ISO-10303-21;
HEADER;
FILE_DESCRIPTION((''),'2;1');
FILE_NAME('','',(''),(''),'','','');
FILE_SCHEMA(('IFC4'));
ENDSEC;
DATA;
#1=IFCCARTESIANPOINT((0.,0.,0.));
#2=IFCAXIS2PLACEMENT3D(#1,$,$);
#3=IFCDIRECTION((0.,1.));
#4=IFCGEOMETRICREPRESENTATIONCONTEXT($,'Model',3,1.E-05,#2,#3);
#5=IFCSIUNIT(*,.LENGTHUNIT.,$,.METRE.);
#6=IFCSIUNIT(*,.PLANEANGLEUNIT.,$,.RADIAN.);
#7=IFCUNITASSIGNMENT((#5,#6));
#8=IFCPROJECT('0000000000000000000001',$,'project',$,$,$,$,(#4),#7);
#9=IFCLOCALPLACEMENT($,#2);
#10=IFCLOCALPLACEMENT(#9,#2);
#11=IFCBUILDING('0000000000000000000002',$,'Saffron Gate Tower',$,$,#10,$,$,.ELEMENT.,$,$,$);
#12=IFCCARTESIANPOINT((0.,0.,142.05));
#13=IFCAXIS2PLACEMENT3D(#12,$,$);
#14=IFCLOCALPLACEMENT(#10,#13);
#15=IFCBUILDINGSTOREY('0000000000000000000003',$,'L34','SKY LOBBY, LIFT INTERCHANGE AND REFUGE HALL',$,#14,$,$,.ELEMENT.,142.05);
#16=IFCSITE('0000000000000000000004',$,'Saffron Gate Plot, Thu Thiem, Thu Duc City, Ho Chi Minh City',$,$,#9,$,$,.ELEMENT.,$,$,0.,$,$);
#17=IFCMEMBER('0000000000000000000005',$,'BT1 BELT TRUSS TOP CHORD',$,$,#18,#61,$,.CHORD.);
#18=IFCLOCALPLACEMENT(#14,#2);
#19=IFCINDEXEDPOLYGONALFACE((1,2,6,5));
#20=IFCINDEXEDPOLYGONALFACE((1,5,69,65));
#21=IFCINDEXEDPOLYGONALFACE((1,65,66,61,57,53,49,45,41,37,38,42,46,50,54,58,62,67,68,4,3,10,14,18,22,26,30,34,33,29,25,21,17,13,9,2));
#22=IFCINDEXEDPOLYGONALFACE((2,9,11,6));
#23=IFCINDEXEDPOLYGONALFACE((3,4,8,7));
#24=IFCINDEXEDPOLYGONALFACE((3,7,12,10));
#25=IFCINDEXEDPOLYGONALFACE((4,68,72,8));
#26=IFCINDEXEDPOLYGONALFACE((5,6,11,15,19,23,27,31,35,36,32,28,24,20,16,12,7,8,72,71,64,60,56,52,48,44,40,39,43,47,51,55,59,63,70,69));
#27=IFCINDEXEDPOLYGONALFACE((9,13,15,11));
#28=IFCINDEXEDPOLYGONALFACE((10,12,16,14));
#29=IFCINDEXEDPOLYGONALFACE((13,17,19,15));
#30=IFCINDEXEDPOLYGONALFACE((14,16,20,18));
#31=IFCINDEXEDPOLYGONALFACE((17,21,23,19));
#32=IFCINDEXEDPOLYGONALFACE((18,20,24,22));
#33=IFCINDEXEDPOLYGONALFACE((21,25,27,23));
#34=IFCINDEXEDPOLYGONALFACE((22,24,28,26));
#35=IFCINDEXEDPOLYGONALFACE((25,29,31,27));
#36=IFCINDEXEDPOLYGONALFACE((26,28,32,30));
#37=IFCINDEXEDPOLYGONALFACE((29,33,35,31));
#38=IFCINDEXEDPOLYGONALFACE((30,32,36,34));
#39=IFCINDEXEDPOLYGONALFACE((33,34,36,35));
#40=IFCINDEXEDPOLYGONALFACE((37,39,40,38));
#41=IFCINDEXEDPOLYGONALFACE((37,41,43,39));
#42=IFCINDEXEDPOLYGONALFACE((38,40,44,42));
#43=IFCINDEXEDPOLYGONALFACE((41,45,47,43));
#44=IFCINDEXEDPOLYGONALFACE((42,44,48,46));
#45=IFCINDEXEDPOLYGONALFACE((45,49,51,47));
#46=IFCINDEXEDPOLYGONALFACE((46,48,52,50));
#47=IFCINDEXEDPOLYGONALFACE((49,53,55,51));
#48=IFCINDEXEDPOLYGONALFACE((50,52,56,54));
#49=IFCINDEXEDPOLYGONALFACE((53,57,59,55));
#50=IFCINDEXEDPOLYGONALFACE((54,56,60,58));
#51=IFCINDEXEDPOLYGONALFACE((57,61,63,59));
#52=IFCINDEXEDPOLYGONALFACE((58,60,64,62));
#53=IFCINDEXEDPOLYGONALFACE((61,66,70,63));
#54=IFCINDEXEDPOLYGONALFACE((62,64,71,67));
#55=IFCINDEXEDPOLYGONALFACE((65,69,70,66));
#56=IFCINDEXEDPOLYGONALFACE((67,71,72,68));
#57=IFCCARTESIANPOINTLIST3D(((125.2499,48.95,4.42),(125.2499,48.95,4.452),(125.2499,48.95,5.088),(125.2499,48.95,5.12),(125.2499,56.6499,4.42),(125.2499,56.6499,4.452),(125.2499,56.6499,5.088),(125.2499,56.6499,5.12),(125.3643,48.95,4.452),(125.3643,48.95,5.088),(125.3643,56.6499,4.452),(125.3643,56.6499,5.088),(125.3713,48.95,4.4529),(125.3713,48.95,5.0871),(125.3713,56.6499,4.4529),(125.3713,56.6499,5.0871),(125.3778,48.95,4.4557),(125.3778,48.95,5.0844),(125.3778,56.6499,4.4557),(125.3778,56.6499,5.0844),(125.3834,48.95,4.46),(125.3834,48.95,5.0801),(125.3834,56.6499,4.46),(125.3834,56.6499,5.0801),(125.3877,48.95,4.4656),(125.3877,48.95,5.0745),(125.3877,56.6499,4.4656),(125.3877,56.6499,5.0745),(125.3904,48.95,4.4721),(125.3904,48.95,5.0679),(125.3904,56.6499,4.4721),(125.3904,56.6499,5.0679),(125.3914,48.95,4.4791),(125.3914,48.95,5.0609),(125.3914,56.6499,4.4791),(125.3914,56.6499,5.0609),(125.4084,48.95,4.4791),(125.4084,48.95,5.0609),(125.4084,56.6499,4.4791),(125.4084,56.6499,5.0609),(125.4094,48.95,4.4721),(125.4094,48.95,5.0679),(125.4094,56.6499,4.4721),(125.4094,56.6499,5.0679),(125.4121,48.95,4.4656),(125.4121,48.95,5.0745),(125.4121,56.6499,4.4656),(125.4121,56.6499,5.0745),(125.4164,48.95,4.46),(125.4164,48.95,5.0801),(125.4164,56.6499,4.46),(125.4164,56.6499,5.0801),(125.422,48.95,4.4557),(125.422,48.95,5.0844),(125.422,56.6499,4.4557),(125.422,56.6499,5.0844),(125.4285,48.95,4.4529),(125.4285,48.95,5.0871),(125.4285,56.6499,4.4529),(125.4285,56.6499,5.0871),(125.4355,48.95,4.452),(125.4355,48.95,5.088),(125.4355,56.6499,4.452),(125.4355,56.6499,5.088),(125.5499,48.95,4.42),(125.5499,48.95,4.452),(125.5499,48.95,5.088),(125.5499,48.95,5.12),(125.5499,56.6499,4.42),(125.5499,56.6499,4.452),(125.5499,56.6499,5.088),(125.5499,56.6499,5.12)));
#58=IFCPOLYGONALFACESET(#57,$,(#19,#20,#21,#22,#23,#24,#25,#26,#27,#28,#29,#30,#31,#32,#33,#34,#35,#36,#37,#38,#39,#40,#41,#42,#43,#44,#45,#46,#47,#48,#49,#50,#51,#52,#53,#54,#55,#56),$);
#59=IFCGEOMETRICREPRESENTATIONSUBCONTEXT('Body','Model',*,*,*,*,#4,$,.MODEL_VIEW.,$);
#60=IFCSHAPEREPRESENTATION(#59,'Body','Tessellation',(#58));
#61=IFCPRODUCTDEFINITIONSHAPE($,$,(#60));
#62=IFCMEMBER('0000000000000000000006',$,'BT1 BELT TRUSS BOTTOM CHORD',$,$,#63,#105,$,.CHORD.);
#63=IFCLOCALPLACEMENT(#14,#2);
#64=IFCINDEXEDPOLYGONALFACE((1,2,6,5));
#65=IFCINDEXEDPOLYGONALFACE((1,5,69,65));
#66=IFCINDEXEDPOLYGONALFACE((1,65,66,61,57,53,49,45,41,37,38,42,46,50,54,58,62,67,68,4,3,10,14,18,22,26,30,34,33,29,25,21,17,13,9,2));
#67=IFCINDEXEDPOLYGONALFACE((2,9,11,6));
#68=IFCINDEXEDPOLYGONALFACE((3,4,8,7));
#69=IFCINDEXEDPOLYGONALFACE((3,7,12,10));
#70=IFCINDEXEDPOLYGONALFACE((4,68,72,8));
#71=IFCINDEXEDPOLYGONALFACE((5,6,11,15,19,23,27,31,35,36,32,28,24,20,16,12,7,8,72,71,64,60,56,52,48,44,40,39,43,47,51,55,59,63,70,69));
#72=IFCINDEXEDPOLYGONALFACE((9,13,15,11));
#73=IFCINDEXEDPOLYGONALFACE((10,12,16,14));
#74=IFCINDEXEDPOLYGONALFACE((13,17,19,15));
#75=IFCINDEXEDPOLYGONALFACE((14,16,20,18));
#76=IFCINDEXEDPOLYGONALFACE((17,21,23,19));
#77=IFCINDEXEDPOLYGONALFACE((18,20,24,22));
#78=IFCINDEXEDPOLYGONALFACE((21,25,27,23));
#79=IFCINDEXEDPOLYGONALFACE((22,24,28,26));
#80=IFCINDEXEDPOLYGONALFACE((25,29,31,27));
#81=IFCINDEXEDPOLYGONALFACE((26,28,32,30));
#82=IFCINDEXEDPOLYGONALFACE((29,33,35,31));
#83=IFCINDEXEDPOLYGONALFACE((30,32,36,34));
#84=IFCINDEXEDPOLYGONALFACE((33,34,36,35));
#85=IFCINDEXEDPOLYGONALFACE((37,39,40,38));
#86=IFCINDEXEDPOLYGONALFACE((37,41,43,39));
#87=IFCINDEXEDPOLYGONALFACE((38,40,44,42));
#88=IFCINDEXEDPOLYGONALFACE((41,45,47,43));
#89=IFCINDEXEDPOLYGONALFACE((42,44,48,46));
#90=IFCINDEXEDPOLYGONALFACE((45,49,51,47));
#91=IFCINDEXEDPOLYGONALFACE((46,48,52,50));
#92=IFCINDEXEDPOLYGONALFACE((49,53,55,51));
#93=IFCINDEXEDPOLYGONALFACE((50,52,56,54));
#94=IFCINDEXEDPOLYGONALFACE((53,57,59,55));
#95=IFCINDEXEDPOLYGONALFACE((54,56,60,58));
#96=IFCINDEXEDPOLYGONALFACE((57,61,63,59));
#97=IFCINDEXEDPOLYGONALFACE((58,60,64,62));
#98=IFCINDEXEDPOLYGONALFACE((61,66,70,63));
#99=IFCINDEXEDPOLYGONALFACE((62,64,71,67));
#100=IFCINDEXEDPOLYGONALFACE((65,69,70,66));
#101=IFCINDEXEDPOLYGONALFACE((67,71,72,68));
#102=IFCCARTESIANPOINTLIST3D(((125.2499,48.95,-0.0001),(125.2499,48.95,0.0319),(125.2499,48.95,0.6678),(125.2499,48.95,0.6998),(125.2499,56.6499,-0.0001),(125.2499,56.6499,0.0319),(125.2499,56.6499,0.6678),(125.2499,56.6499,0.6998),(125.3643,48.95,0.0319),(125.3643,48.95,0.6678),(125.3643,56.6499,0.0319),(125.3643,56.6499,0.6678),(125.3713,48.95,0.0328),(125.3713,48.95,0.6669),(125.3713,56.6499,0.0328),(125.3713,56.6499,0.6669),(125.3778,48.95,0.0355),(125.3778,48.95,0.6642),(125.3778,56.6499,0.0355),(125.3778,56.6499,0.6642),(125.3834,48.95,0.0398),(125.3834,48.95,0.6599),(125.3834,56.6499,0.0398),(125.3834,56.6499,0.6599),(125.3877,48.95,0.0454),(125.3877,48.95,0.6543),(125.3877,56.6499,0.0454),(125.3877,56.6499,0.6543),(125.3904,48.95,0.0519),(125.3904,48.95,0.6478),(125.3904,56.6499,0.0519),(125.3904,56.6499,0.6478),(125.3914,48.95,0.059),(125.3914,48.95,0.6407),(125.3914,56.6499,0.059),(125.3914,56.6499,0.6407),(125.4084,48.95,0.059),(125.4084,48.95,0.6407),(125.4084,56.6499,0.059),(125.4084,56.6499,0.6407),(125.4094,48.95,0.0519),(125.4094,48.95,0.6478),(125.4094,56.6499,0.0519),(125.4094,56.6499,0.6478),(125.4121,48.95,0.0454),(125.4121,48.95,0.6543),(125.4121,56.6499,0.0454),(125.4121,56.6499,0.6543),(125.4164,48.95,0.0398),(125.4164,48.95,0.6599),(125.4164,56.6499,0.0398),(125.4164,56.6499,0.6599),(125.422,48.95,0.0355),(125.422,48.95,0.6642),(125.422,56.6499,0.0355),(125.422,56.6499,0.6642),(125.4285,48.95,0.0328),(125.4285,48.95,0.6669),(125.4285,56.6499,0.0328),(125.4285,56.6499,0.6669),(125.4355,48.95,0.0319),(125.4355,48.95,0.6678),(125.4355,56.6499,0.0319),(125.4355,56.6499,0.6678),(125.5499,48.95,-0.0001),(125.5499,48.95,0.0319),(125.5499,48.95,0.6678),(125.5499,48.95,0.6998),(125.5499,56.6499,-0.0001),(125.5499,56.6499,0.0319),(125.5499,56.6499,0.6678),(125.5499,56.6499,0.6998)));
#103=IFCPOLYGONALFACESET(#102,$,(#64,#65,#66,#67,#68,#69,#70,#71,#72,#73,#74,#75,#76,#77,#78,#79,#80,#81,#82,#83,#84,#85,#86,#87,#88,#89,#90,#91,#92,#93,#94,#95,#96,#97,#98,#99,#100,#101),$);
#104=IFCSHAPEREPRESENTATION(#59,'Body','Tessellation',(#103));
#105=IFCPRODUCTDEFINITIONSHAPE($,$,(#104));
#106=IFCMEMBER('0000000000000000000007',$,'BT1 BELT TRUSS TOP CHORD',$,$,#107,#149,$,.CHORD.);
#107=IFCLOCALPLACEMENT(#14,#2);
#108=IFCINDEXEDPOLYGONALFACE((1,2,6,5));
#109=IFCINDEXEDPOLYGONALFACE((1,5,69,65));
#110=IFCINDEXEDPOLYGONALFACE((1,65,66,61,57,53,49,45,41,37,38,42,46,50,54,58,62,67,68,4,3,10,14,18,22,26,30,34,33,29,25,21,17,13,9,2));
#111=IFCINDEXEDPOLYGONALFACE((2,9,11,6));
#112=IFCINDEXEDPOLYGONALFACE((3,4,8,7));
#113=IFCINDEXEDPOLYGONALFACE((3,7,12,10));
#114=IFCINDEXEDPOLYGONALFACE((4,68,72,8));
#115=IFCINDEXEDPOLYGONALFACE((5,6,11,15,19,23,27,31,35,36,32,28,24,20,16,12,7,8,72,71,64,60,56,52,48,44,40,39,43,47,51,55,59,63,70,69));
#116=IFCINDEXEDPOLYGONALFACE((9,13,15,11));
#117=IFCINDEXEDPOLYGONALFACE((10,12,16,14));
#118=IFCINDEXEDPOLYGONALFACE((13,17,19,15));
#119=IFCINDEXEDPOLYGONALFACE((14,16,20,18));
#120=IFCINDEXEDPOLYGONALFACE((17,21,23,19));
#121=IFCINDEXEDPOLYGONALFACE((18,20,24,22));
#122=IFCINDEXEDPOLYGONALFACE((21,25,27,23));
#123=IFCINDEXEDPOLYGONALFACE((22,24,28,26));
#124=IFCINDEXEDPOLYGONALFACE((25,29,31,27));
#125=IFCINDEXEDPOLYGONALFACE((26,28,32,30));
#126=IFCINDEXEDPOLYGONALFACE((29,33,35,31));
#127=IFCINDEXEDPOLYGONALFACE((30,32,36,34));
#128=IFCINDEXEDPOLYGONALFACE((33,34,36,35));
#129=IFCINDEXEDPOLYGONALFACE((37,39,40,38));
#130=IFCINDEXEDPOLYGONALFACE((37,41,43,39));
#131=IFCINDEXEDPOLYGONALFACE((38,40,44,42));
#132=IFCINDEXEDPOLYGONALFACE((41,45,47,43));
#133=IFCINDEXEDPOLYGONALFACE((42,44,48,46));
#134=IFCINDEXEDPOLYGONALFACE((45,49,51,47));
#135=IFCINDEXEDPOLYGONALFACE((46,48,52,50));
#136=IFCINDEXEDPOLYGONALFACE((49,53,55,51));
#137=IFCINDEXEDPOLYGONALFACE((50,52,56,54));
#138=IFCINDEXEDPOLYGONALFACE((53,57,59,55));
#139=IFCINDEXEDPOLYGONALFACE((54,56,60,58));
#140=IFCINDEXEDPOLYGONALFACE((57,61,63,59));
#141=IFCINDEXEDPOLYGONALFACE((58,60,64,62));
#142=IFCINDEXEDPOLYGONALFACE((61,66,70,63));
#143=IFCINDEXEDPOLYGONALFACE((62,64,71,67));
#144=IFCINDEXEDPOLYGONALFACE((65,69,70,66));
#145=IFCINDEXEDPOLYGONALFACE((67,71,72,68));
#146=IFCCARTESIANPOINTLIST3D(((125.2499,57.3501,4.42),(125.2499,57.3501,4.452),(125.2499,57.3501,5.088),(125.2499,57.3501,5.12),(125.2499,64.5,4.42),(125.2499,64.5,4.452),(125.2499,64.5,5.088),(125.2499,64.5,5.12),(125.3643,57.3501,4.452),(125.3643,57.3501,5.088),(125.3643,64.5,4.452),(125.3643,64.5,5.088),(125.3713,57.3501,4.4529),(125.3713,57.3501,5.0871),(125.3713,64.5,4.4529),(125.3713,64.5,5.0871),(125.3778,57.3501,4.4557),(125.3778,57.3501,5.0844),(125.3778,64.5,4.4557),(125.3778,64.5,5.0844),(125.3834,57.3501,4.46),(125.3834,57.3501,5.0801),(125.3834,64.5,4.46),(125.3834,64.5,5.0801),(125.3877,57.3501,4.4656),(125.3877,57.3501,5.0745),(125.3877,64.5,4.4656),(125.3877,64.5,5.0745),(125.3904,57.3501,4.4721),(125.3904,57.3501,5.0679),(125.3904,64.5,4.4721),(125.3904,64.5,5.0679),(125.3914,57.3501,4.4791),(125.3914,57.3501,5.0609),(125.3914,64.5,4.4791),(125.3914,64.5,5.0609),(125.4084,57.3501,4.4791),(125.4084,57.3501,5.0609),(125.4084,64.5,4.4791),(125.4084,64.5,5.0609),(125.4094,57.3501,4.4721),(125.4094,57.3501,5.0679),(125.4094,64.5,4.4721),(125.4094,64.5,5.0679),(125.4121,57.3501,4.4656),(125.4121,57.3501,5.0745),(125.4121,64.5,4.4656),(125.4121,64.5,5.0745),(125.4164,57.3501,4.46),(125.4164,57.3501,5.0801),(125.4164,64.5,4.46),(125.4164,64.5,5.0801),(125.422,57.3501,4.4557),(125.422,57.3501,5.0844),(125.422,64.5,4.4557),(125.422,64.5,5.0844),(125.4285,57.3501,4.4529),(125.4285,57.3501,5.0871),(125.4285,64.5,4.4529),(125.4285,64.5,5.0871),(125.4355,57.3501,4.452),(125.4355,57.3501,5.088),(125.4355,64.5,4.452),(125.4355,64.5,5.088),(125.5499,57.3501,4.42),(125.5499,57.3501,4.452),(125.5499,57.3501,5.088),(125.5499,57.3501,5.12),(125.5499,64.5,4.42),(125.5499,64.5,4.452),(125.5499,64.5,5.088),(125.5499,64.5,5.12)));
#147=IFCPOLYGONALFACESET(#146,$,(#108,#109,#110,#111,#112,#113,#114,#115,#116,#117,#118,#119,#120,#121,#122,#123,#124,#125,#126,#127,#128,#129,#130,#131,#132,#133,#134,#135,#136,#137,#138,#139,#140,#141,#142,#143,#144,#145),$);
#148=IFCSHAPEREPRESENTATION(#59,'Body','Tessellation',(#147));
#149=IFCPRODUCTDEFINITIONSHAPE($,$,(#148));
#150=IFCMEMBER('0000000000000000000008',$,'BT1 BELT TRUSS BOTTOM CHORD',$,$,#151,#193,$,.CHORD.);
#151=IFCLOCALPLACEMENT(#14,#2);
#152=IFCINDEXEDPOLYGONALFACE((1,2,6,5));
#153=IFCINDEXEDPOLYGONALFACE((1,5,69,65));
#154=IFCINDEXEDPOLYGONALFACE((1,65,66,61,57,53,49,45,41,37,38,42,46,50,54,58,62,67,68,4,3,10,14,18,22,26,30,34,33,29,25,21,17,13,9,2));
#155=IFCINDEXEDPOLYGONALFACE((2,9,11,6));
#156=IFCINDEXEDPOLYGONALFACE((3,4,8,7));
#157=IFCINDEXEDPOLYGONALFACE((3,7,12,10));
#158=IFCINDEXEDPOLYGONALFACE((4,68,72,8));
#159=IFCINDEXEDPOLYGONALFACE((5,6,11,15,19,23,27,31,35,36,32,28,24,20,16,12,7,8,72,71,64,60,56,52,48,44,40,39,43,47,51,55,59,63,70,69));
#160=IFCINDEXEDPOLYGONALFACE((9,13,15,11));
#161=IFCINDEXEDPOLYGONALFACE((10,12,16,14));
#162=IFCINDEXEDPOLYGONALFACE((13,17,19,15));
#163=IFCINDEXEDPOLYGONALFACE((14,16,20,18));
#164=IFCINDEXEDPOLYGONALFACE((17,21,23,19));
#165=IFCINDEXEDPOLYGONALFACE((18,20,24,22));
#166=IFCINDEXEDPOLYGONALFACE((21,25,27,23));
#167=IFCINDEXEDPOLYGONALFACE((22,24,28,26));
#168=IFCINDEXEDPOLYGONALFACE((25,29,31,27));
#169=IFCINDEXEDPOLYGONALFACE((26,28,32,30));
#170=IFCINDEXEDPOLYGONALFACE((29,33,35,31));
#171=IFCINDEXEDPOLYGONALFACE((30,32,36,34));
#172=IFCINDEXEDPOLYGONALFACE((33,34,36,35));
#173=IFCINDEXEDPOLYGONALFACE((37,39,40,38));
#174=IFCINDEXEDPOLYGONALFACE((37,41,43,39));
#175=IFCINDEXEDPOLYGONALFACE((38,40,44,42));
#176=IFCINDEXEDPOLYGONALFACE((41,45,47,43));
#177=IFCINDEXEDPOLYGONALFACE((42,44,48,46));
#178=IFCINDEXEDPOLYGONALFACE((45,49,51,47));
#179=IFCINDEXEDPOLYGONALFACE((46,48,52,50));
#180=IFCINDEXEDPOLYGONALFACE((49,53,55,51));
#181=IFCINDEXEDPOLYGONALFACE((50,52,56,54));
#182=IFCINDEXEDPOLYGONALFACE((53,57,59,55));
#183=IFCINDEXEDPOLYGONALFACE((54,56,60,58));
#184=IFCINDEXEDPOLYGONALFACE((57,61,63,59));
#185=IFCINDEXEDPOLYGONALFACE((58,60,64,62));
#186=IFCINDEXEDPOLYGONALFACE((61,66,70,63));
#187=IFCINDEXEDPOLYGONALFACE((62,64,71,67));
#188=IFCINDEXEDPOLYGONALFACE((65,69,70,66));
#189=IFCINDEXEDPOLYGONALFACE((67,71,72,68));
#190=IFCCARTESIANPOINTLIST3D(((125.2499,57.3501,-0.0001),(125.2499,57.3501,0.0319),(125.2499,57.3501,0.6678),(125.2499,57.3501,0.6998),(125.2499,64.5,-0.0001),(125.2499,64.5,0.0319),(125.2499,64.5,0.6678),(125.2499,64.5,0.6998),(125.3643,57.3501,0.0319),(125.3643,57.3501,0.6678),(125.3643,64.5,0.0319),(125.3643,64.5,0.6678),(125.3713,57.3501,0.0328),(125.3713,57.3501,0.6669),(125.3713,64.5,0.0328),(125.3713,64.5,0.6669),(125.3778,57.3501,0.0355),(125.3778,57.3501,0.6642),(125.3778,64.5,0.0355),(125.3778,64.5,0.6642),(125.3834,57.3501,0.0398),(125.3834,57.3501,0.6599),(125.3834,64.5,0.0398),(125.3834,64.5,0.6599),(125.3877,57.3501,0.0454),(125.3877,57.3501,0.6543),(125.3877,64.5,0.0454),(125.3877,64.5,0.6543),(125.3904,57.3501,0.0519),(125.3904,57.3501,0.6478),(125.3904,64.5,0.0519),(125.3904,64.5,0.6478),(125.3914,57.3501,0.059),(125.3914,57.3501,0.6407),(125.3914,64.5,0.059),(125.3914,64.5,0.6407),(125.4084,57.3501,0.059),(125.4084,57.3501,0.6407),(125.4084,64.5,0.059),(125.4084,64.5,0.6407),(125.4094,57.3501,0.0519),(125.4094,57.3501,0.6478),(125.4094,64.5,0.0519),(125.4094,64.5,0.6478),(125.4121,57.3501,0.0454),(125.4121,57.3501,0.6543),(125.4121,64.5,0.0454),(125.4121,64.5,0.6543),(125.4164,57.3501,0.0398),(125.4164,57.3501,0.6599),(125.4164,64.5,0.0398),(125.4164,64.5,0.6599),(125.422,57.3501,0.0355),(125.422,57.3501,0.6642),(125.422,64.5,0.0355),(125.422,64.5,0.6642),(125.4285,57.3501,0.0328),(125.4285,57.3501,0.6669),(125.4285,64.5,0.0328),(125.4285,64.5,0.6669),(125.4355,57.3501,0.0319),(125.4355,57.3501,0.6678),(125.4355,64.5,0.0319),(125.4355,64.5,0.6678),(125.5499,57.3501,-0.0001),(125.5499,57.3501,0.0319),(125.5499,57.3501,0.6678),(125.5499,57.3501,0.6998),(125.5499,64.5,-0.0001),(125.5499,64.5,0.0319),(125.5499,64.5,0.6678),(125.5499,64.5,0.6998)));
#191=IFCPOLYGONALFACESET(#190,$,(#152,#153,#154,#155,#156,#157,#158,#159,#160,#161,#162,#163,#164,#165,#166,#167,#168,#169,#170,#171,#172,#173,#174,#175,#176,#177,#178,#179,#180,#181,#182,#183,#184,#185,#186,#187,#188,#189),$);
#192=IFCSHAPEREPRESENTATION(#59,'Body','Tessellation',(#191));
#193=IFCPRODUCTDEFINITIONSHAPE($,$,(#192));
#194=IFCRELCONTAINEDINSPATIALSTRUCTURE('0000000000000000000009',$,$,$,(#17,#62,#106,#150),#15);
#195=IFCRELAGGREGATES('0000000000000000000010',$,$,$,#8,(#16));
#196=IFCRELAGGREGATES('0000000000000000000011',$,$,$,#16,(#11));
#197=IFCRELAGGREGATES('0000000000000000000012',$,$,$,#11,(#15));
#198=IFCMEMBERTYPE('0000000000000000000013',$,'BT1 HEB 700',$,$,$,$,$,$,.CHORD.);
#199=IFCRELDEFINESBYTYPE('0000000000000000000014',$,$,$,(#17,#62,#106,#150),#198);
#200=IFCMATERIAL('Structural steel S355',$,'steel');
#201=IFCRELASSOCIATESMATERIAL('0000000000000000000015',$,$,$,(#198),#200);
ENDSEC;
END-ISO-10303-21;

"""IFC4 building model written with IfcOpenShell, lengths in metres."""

from ifc_helpers import new_model, si_unit, direction, frame, origin, origin_2d, place, context, subcontext, project, spatial, i_section, extrude, material, material_profile, profile_set, type_object, element, save


model = new_model("IFC4")

# Units and contexts
model_context = context("Model", 3, precision=1e-05, world=origin(), true_north=direction((0.0, 1.0)))
body_context = subcontext(model_context, "Body", "Model", "MODEL_VIEW")
ifc_project = project(units=[si_unit("LENGTHUNIT", "METRE"), si_unit("PLANEANGLEUNIT", "RADIAN")], contexts=[model_context])

# Site, building, storey
site_placement = place(None, origin())
site = spatial("IfcSite", under=ifc_project, at=site_placement, Name="Saffron Gate Plot, Thu Thiem, Thu Duc City, Ho Chi Minh City", CompositionType="ELEMENT", RefElevation=0.0)
building_placement = place(site_placement, origin())
building = spatial("IfcBuilding", under=site, at=building_placement, Name="Saffron Gate Tower", CompositionType="ELEMENT")
storey_placement = place(building_placement, frame((0.0, 0.0, 142.05)))
storey = spatial("IfcBuildingStorey", under=building, at=storey_placement, Name="L34", Description="SKY LOBBY, LIFT INTERCHANGE AND REFUGE HALL", CompositionType="ELEMENT", Elevation=142.05)

# Shared definitions
ifc_material_1 = material(Name="Structural steel S355", Category="steel")

# Members
ifc_material_profile_1 = material_profile(ifc_material_1, i_section(OverallWidth=0.3, OverallDepth=0.7, WebThickness=0.0171, FlangeThickness=0.032, FilletRadius=0.0271, at=origin_2d()))
ifc_profile_set_1 = profile_set([ifc_material_profile_1], Name="Structural steel S355")
member_type_1 = type_object("IfcMemberType", Name="BT1 HEB 700", PredefinedType="CHORD", material=ifc_profile_set_1)
for number, where, z_axis, x_axis, name in (
    (1, (125.3999, 48.95, 4.77), (0.0, 1.0, 0.0), (-1.0, 0.0, 0.0), "BT1 BELT TRUSS TOP CHORD"),
    (2, (125.3999, 48.95, 0.3499), (0.0, 1.0, 0.0), (-1.0, 0.0, 0.0), "BT1 BELT TRUSS BOTTOM CHORD"),
):
    element("IfcMember", number, at=place(storey_placement, frame(where, z_axis=z_axis, x_axis=x_axis)), inside=storey, type_object=member_type_1, Name=name, PredefinedType="CHORD", context=body_context, shape_type="SweptSolid", body=[
        extrude(i_section(OverallWidth=0.3, OverallDepth=0.7, WebThickness=0.0171, FlangeThickness=0.032, FilletRadius=0.0271, at=origin_2d()), origin(), (0.0, 0.0, 1.0), 7.7),
    ])
for number, where, z_axis, x_axis, name in (
    (3, (125.3999, 57.3501, 4.77), (0.0, 1.0, 0.0), (-1.0, 0.0, 0.0), "BT1 BELT TRUSS TOP CHORD"),
    (4, (125.3999, 57.3501, 0.3499), (0.0, 1.0, 0.0), (-1.0, 0.0, 0.0), "BT1 BELT TRUSS BOTTOM CHORD"),
):
    element("IfcMember", number, at=place(storey_placement, frame(where, z_axis=z_axis, x_axis=x_axis)), inside=storey, type_object=member_type_1, Name=name, PredefinedType="CHORD", context=body_context, shape_type="SweptSolid", body=[
        extrude(i_section(OverallWidth=0.3, OverallDepth=0.7, WebThickness=0.0171, FlangeThickness=0.032, FilletRadius=0.0271, at=origin_2d()), origin(), (0.0, 0.0, 1.0), 7.1499),
    ])

save(model, "model.ifc")
